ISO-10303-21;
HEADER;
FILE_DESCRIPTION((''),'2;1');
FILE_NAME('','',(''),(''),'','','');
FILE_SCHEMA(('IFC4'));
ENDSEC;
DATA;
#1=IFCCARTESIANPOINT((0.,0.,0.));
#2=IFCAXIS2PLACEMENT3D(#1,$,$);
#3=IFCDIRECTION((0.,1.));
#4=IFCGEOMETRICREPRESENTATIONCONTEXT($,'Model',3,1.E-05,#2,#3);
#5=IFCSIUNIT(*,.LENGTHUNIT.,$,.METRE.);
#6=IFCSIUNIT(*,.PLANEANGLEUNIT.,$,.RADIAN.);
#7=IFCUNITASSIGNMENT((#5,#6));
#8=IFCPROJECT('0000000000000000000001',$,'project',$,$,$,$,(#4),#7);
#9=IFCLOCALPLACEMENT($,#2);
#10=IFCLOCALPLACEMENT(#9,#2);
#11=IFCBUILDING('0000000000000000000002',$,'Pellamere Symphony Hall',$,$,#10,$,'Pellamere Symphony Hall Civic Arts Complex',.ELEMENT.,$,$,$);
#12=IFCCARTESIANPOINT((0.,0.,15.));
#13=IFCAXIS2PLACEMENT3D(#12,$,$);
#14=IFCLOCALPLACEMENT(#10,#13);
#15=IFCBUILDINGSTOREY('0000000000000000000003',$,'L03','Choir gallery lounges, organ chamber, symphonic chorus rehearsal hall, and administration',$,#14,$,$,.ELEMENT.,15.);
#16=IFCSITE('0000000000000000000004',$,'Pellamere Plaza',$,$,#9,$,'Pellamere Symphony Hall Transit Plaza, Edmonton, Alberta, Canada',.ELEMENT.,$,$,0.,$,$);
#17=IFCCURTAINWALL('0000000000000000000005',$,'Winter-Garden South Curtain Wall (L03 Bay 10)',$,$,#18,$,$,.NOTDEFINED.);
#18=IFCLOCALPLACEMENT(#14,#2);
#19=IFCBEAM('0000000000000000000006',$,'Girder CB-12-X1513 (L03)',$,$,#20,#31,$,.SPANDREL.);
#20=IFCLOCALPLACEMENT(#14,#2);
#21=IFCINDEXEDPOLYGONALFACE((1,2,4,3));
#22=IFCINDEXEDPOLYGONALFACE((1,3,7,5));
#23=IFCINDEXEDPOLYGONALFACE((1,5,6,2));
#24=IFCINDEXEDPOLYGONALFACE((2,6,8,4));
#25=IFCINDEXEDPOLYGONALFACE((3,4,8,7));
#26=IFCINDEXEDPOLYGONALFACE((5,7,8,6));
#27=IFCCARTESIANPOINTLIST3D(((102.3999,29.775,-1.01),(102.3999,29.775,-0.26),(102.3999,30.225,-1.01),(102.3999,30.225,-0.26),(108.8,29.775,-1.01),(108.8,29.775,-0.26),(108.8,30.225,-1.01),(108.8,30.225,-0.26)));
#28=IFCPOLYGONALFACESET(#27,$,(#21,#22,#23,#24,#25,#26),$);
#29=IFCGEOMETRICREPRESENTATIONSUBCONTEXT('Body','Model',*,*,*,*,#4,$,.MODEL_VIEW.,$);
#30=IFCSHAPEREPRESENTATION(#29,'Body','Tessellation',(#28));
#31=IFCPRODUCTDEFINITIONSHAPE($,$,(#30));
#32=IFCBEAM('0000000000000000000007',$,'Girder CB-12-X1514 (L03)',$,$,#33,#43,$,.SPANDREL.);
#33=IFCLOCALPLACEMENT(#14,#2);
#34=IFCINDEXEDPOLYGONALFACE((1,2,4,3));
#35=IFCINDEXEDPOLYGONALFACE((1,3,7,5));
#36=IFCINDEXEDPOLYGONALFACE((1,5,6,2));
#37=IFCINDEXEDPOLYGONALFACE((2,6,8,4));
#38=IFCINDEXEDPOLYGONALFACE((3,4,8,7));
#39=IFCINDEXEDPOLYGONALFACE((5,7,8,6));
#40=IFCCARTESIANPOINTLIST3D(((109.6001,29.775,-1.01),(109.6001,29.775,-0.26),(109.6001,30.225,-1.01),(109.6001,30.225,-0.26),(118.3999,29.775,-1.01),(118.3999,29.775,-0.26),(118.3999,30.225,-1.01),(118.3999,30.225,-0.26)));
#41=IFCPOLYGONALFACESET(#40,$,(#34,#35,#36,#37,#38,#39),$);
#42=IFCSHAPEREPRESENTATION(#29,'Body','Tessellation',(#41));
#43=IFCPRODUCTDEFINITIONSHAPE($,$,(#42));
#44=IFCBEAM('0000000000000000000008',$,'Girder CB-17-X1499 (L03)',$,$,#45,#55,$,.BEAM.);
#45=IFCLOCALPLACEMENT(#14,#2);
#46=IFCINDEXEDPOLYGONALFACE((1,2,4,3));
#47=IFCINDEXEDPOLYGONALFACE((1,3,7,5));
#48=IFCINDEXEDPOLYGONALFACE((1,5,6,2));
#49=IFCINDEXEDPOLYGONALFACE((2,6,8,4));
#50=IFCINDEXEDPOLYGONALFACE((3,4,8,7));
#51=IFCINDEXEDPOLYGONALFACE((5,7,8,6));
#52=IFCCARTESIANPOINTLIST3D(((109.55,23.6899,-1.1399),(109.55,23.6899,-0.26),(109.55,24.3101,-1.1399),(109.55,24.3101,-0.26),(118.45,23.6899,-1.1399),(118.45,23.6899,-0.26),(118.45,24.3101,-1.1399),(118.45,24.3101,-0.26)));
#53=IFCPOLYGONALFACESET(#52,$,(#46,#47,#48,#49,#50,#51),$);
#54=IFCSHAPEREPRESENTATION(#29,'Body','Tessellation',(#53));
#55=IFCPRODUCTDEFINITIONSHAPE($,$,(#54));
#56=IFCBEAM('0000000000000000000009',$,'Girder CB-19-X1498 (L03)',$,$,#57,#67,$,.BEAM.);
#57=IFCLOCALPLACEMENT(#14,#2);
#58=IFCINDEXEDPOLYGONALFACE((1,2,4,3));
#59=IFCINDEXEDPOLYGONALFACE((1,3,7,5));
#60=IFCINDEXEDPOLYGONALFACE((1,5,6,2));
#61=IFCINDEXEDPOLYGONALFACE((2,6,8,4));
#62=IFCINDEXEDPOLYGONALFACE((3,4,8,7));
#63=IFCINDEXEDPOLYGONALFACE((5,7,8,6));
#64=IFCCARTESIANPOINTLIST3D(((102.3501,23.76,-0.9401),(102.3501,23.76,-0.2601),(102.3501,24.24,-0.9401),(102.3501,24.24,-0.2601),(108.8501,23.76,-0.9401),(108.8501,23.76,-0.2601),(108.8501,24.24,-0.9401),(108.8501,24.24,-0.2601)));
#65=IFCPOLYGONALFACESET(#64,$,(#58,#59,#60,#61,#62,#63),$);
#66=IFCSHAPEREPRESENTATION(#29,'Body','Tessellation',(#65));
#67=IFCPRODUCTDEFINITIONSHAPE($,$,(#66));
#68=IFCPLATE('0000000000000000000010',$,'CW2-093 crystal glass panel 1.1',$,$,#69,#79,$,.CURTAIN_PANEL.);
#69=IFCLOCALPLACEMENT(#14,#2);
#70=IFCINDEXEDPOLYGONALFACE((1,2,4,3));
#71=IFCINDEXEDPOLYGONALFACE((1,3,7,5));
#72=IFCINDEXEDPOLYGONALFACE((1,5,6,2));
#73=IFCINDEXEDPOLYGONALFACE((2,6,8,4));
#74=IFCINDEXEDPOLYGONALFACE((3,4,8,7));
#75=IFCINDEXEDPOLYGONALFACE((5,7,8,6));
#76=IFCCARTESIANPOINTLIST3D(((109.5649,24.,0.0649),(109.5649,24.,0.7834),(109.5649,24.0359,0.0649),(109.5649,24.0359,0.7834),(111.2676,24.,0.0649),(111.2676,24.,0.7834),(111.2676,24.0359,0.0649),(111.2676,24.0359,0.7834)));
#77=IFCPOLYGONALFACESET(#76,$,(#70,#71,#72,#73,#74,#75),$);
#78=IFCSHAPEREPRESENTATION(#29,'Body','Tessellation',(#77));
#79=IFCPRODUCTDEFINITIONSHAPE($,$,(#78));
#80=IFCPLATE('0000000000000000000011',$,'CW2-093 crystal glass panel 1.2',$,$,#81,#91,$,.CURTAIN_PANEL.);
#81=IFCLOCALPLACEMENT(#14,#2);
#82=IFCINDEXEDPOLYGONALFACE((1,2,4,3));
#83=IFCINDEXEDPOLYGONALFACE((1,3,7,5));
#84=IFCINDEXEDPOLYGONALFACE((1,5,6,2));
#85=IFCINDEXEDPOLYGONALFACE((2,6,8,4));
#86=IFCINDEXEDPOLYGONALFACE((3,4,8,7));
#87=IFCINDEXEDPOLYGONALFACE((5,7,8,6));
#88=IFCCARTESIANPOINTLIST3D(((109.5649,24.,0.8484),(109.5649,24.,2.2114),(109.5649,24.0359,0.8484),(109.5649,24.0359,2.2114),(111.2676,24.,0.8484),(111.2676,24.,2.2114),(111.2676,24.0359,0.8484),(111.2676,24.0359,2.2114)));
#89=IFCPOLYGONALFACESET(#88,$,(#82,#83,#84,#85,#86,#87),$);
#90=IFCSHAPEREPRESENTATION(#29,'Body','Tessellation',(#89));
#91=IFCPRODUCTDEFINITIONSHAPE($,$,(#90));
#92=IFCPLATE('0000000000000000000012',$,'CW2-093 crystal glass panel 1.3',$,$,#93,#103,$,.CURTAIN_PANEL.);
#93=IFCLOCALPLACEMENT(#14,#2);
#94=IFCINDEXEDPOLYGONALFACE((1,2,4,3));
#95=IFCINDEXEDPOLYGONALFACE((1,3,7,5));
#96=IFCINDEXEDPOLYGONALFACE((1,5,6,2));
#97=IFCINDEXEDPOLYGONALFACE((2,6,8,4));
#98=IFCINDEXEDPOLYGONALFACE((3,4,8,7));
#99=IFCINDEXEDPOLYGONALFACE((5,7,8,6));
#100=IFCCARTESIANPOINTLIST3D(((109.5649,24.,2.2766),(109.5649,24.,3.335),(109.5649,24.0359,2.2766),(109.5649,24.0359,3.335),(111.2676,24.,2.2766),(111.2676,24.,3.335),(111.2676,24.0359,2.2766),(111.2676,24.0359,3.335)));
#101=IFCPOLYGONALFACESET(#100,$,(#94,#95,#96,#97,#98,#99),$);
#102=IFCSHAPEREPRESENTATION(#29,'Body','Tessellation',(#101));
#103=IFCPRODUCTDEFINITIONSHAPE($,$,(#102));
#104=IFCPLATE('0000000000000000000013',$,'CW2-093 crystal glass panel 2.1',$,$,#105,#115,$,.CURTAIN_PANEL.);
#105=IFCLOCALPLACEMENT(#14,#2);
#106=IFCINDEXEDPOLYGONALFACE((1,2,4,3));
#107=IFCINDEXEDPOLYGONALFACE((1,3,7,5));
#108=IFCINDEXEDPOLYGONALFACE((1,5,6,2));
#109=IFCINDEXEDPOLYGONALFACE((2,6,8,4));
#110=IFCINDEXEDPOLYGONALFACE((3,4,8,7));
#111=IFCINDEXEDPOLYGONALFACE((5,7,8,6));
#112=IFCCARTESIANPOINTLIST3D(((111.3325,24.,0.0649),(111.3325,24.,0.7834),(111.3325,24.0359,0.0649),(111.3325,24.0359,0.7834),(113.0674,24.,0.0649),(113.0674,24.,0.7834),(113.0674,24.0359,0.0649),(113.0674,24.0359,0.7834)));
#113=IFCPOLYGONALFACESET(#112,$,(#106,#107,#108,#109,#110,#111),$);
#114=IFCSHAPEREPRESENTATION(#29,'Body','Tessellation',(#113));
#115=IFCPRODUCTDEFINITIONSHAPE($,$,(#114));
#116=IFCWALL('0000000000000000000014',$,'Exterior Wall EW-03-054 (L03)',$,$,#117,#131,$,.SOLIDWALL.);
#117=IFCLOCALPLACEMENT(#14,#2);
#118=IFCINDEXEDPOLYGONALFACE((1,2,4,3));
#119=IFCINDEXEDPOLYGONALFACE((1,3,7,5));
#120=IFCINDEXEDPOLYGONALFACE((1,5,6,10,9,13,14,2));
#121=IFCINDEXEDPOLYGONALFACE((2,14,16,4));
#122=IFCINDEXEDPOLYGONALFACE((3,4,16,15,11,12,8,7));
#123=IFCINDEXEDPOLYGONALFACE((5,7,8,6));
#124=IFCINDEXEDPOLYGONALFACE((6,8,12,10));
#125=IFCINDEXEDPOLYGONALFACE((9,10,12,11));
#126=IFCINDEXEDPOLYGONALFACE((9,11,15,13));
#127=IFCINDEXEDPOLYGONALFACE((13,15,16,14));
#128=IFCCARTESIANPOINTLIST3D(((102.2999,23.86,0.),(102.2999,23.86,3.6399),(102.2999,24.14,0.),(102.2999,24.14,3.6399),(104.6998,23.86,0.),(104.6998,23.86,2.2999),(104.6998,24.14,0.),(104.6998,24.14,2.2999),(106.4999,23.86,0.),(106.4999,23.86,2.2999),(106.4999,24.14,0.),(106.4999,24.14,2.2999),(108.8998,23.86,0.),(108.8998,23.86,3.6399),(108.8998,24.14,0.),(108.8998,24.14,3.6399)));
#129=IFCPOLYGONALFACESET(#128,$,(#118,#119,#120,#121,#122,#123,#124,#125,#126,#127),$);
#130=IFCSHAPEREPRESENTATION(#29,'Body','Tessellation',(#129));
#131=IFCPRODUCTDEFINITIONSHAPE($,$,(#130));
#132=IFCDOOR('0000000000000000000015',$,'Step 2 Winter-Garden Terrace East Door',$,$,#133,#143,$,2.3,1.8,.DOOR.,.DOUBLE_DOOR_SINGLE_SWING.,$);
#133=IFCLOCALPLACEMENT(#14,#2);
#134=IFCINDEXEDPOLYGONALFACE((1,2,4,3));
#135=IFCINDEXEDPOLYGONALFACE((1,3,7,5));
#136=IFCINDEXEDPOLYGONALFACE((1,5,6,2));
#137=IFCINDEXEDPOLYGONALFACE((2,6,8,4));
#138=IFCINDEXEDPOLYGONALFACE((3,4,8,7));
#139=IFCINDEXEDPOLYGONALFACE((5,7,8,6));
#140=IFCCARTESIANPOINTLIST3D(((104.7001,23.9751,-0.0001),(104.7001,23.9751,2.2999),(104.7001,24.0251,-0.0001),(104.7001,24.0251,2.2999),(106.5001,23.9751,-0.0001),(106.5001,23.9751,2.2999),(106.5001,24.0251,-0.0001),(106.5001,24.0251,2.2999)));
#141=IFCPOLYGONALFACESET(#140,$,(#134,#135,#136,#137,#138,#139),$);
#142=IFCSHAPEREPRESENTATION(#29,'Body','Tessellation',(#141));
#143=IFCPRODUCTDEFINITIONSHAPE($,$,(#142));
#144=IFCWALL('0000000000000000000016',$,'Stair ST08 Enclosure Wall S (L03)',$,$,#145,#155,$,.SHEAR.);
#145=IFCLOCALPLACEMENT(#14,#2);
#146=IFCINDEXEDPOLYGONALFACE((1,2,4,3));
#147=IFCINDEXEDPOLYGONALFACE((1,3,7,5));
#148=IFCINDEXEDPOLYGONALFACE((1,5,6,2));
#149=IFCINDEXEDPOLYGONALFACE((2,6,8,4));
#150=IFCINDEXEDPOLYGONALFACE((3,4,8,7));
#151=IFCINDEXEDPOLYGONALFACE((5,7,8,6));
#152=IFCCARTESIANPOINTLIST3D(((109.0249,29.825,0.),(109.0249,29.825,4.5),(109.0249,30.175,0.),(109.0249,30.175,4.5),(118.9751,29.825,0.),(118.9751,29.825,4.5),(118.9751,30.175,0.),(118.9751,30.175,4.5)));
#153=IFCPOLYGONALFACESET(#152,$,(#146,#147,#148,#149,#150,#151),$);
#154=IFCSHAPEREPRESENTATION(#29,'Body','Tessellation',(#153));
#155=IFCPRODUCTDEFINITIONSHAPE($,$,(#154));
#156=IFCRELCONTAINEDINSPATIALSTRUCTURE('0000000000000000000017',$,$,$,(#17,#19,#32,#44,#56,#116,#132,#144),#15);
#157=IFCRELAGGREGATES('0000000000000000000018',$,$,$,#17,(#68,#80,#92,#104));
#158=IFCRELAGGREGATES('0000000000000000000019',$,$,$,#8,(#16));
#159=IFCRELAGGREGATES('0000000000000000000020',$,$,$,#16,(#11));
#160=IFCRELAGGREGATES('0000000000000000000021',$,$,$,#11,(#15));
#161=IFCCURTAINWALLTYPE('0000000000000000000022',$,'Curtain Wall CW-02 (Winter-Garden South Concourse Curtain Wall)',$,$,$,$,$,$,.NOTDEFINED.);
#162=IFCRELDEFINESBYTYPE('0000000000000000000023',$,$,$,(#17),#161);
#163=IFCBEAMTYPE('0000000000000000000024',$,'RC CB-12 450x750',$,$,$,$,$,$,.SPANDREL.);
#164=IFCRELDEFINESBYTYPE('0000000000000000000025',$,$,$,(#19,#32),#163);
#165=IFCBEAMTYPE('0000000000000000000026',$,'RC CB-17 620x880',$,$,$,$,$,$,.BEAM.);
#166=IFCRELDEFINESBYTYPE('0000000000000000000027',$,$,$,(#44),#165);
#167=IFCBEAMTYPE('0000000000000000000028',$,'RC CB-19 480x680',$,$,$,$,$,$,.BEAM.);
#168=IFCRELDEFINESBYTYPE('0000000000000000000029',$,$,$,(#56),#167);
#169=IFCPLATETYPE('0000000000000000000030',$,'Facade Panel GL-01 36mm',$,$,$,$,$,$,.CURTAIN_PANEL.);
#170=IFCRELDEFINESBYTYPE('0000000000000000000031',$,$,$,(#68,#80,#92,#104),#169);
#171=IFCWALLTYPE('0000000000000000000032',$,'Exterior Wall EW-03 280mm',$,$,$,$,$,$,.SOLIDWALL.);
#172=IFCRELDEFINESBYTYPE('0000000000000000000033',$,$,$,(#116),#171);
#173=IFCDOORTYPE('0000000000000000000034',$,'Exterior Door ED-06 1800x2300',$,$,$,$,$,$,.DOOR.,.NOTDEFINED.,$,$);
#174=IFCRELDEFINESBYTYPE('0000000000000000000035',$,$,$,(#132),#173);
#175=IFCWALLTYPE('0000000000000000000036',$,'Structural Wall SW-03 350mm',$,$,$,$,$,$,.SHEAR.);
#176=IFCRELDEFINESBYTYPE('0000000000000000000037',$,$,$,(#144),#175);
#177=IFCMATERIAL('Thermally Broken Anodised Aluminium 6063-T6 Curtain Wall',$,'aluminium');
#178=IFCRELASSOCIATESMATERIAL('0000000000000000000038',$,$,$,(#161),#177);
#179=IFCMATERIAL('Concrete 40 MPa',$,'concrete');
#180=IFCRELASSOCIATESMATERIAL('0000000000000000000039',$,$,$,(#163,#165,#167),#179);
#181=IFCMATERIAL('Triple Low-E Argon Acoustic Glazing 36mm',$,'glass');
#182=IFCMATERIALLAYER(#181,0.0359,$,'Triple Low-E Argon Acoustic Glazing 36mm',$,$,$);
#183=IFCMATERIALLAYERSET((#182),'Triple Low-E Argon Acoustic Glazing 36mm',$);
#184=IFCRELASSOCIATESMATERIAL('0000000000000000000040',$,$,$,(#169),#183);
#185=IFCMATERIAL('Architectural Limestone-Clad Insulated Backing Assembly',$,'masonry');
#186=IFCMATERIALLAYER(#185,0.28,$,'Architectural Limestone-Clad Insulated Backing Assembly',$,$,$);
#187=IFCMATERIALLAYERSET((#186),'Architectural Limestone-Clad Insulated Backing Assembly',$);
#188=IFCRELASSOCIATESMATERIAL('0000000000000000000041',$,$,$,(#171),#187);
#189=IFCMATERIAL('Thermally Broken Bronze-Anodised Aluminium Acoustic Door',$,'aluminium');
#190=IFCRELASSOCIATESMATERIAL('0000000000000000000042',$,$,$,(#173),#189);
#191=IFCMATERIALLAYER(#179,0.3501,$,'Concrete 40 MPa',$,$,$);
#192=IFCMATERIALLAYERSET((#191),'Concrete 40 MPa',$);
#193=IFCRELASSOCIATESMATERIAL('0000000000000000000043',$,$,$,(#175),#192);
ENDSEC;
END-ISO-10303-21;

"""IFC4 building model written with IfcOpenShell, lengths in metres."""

from ifc_helpers import new_model, si_unit, direction, frame, frame_2d, origin, origin_2d, place, context, subcontext, project, spatial, polyline, rectangle, outline, extrude, material, layer, layer_set, material_profile, profile_set, type_object, element, fill, aggregate, save


model = new_model("IFC4")

# Units and contexts
model_context = context("Model", 3, precision=1e-05, world=origin(), true_north=direction((0.0, 1.0)))
body_context = subcontext(model_context, "Body", "Model", "MODEL_VIEW")
ifc_project = project(units=[si_unit("LENGTHUNIT", "METRE"), si_unit("PLANEANGLEUNIT", "RADIAN")], contexts=[model_context])

# Site, building, storey
site_placement = place(None, origin())
site = spatial("IfcSite", under=ifc_project, at=site_placement, Name="Pellamere Plaza", LongName="Pellamere Symphony Hall Transit Plaza, Edmonton, Alberta, Canada", CompositionType="ELEMENT", RefElevation=0.0)
building_placement = place(site_placement, origin())
building = spatial("IfcBuilding", under=site, at=building_placement, Name="Pellamere Symphony Hall", LongName="Pellamere Symphony Hall Civic Arts Complex", CompositionType="ELEMENT")
storey_placement = place(building_placement, frame((0.0, 0.0, 15.0)))
storey = spatial("IfcBuildingStorey", under=building, at=storey_placement, Name="L03", Description="Choir gallery lounges, organ chamber, symphonic chorus rehearsal hall, and administration", CompositionType="ELEMENT", Elevation=15.0)

# Shared definitions
ifc_material_1 = material(Name="Concrete 40 MPa", Category="concrete")

# Shared definitions
ifc_material_2 = material(Name="Thermally Broken Anodised Aluminium 6063-T6 Curtain Wall", Category="aluminium")
curtain_wall_type = type_object("IfcCurtainWallType", Name="Curtain Wall CW-02 (Winter-Garden South Concourse Curtain Wall)", PredefinedType="NOTDEFINED", material=ifc_material_2)

# Curtain wall
curtain_wall_1_placement = place(storey_placement, origin())
curtain_wall_1 = element("IfcCurtainWall", 1, at=curtain_wall_1_placement, inside=storey, type_object=curtain_wall_type, Name="Winter-Garden South Curtain Wall (L03 Bay 10)", PredefinedType="NOTDEFINED")

# Beams
ifc_material_profile_1 = material_profile(ifc_material_1, rectangle(XDim=0.45, YDim=0.75, at=origin_2d()), Name="RC 450x750")
ifc_profile_set_1 = profile_set([ifc_material_profile_1], Name="Concrete 40 MPa")
beam_type_1 = type_object("IfcBeamType", Name="RC CB-12 450x750", PredefinedType="SPANDREL", material=ifc_profile_set_1)
beam_1_placement = place(storey_placement, frame((102.3999, 30.0, -0.635), z_axis=(1.0, 0.0, 0.0), x_axis=(0.0, 1.0, 0.0)))
element("IfcBeam", 2, at=beam_1_placement, inside=storey, type_object=beam_type_1, Name="Girder CB-12-X1513 (L03)", PredefinedType="SPANDREL", context=body_context, shape_type="SweptSolid", body=[
    extrude(rectangle(XDim=0.45, YDim=0.75, at=origin_2d()), origin(), (0.0, 0.0, 1.0), 6.4001),
])
beam_2_placement = place(storey_placement, frame((109.6001, 30.0, -0.635), z_axis=(1.0, 0.0, 0.0), x_axis=(0.0, 1.0, 0.0)))
element("IfcBeam", 3, at=beam_2_placement, inside=storey, type_object=beam_type_1, Name="Girder CB-12-X1514 (L03)", PredefinedType="SPANDREL", context=body_context, shape_type="SweptSolid", body=[
    extrude(rectangle(XDim=0.45, YDim=0.75, at=origin_2d()), origin(), (0.0, 0.0, 1.0), 8.7998),
])
ifc_material_profile_2 = material_profile(ifc_material_1, rectangle(XDim=0.6201, YDim=0.8799, at=origin_2d()), Name="RC 620x880")
ifc_profile_set_2 = profile_set([ifc_material_profile_2], Name="Concrete 40 MPa")
beam_type_2 = type_object("IfcBeamType", Name="RC CB-17 620x880", PredefinedType="BEAM", material=ifc_profile_set_2)
beam_3_placement = place(storey_placement, frame((109.55, 24.0, -0.7), z_axis=(1.0, 0.0, 0.0), x_axis=(0.0, 1.0, 0.0)))
element("IfcBeam", 4, at=beam_3_placement, inside=storey, type_object=beam_type_2, Name="Girder CB-17-X1499 (L03)", PredefinedType="BEAM", context=body_context, shape_type="SweptSolid", body=[
    extrude(rectangle(XDim=0.6201, YDim=0.8799, at=origin_2d()), origin(), (0.0, 0.0, 1.0), 8.8999),
])
ifc_material_profile_3 = material_profile(ifc_material_1, rectangle(XDim=0.48, YDim=0.6799, at=origin_2d()), Name="RC 480x680")
ifc_profile_set_3 = profile_set([ifc_material_profile_3], Name="Concrete 40 MPa")
beam_type_3 = type_object("IfcBeamType", Name="RC CB-19 480x680", PredefinedType="BEAM", material=ifc_profile_set_3)
beam_4_placement = place(storey_placement, frame((102.3501, 24.0, -0.6001), z_axis=(1.0, 0.0, 0.0), x_axis=(0.0, 1.0, 0.0)))
element("IfcBeam", 5, at=beam_4_placement, inside=storey, type_object=beam_type_3, Name="Girder CB-19-X1498 (L03)", PredefinedType="BEAM", context=body_context, shape_type="SweptSolid", body=[
    extrude(rectangle(XDim=0.48, YDim=0.6799, at=origin_2d()), origin(), (0.0, 0.0, 1.0), 6.5),
])

# Plates
ifc_material_3 = material(Name="Triple Low-E Argon Acoustic Glazing 36mm", Category="glass")
ifc_layer_1 = layer(ifc_material_3, 0.0359, Name="Triple Low-E Argon Acoustic Glazing 36mm")
ifc_layer_set_1 = layer_set([ifc_layer_1], Name="Triple Low-E Argon Acoustic Glazing 36mm")
plate_type = type_object("IfcPlateType", Name="Facade Panel GL-01 36mm", PredefinedType="CURTAIN_PANEL", material=ifc_layer_set_1)
plate_1_placement = place(storey_placement, frame((109.5649, 24.0, 0.0649), z_axis=(0.0, -1.0, 0.0), x_axis=(1.0, 0.0, 0.0)))
plate_1 = element("IfcPlate", 6, at=plate_1_placement, type_object=plate_type, Name="CW2-093 crystal glass panel 1.1", PredefinedType="CURTAIN_PANEL", context=body_context, shape_type="SweptSolid", body=[
    extrude(outline(polyline([(0.0, 0.0), (1.7026, 0.0), (1.7026, 0.7185), (0.0, 0.7185), (0.0, 0.0)])), origin(), (0.0, 0.0, -1.0), 0.0359),
])
plate_2_placement = place(storey_placement, frame((109.5649, 24.0, 0.8484), z_axis=(0.0, -1.0, 0.0), x_axis=(1.0, 0.0, 0.0)))
plate_2 = element("IfcPlate", 7, at=plate_2_placement, type_object=plate_type, Name="CW2-093 crystal glass panel 1.2", PredefinedType="CURTAIN_PANEL", context=body_context, shape_type="SweptSolid", body=[
    extrude(outline(polyline([(0.0, 0.0), (1.7026, 0.0), (1.7026, 1.363), (0.0, 1.363), (0.0, 0.0)])), origin(), (0.0, 0.0, -1.0), 0.0359),
])
plate_3_placement = place(storey_placement, frame((109.5649, 24.0, 2.2766), z_axis=(0.0, -1.0, 0.0), x_axis=(1.0, 0.0, 0.0)))
plate_3 = element("IfcPlate", 8, at=plate_3_placement, type_object=plate_type, Name="CW2-093 crystal glass panel 1.3", PredefinedType="CURTAIN_PANEL", context=body_context, shape_type="SweptSolid", body=[
    extrude(outline(polyline([(0.0, 0.0), (1.7026, 0.0), (1.7026, 1.0583), (0.0, 1.0583), (0.0, 0.0)])), origin(), (0.0, 0.0, -1.0), 0.0359),
])
plate_4_placement = place(storey_placement, frame((111.3325, 24.0, 0.0649), z_axis=(0.0, -1.0, 0.0), x_axis=(1.0, 0.0, 0.0)))
plate_4 = element("IfcPlate", 9, at=plate_4_placement, type_object=plate_type, Name="CW2-093 crystal glass panel 2.1", PredefinedType="CURTAIN_PANEL", context=body_context, shape_type="SweptSolid", body=[
    extrude(outline(polyline([(0.0, 0.0), (1.7349, 0.0), (1.7349, 0.7185), (0.0, 0.7185), (0.0, 0.0)])), origin(), (0.0, 0.0, -1.0), 0.0359),
])
aggregate(curtain_wall_1, [plate_1, plate_2, plate_3, plate_4])

# Wall, opening, door
ifc_material_4 = material(Name="Architectural Limestone-Clad Insulated Backing Assembly", Category="masonry")
ifc_layer_2 = layer(ifc_material_4, 0.28, Name="Architectural Limestone-Clad Insulated Backing Assembly")
ifc_layer_set_2 = layer_set([ifc_layer_2], Name="Architectural Limestone-Clad Insulated Backing Assembly")
wall_type_1 = type_object("IfcWallType", Name="Exterior Wall EW-03 280mm", PredefinedType="SOLIDWALL", material=ifc_layer_set_2)
wall_1_placement = place(storey_placement, frame((102.3, 24.0, 0.0), z_axis=(0.0, 0.0, 1.0), x_axis=(1.0, 0.0, 0.0)))
wall_1 = element("IfcWall", 10, at=wall_1_placement, inside=storey, type_object=wall_type_1, Name="Exterior Wall EW-03-054 (L03)", PredefinedType="SOLIDWALL", context=body_context, shape_type="SweptSolid", body=[
    extrude(rectangle(XDim=6.5999, YDim=0.28, at=frame_2d((3.2998, 0.0))), origin(), (0.0, 0.0, 1.0), 3.6399),
])
opening_1_placement = place(wall_1_placement, frame((2.3999, 0.0, 0.0)))
opening_1 = element("IfcOpeningElement", 11, at=opening_1_placement, cuts=wall_1, PredefinedType="OPENING", context=body_context, shape_type="SweptSolid", body=[
    extrude(rectangle(XDim=1.8, YDim=2.3, at=frame_2d((0.8999, 1.1499))), frame((0.0, 0.1499, 0.0), z_axis=(0.0, -1.0, 0.0), x_axis=(1.0, 0.0, 0.0)), (0.0, 0.0, 1.0), 0.3),
])
ifc_material_5 = material(Name="Thermally Broken Bronze-Anodised Aluminium Acoustic Door", Category="aluminium")
door_type_1 = type_object("IfcDoorType", Name="Exterior Door ED-06 1800x2300", OperationType="NOTDEFINED", PredefinedType="DOOR", material=ifc_material_5)
door_1_placement = place(opening_1_placement, frame((1.8, 0.0, 0.0), z_axis=(0.0, 0.0, 1.0), x_axis=(-1.0, 0.0, 0.0)))
door_1 = element("IfcDoor", 12, at=door_1_placement, inside=storey, type_object=door_type_1, Name="Step 2 Winter-Garden Terrace East Door", OperationType="DOUBLE_DOOR_SINGLE_SWING", OverallHeight=2.3, OverallWidth=1.8, PredefinedType="DOOR", context=body_context, shape_type="SweptSolid", body=[
    extrude(rectangle(XDim=1.8, YDim=2.3, at=frame_2d((0.8999, 1.1499))), frame((0.0, 0.0249, 0.0), z_axis=(0.0, -1.0, 0.0), x_axis=(1.0, 0.0, 0.0)), (0.0, 0.0, 1.0), 0.05),
])
fill(opening_1, door_1)

# Wall
ifc_layer_3 = layer(ifc_material_1, 0.3501, Name="Concrete 40 MPa")
ifc_layer_set_3 = layer_set([ifc_layer_3], Name="Concrete 40 MPa")
wall_type_2 = type_object("IfcWallType", Name="Structural Wall SW-03 350mm", PredefinedType="SHEAR", material=ifc_layer_set_3)
wall_2_placement = place(storey_placement, frame((109.0249, 30.0, 0.0), z_axis=(0.0, 0.0, 1.0), x_axis=(1.0, 0.0, 0.0)))
element("IfcWall", 13, at=wall_2_placement, inside=storey, type_object=wall_type_2, Name="Stair ST08 Enclosure Wall S (L03)", PredefinedType="SHEAR", context=body_context, shape_type="SweptSolid", body=[
    extrude(rectangle(XDim=9.9502, YDim=0.3501, at=frame_2d((4.9751, 0.0))), origin(), (0.0, 0.0, 1.0), 4.5),
])

save(model, "model.ifc")
